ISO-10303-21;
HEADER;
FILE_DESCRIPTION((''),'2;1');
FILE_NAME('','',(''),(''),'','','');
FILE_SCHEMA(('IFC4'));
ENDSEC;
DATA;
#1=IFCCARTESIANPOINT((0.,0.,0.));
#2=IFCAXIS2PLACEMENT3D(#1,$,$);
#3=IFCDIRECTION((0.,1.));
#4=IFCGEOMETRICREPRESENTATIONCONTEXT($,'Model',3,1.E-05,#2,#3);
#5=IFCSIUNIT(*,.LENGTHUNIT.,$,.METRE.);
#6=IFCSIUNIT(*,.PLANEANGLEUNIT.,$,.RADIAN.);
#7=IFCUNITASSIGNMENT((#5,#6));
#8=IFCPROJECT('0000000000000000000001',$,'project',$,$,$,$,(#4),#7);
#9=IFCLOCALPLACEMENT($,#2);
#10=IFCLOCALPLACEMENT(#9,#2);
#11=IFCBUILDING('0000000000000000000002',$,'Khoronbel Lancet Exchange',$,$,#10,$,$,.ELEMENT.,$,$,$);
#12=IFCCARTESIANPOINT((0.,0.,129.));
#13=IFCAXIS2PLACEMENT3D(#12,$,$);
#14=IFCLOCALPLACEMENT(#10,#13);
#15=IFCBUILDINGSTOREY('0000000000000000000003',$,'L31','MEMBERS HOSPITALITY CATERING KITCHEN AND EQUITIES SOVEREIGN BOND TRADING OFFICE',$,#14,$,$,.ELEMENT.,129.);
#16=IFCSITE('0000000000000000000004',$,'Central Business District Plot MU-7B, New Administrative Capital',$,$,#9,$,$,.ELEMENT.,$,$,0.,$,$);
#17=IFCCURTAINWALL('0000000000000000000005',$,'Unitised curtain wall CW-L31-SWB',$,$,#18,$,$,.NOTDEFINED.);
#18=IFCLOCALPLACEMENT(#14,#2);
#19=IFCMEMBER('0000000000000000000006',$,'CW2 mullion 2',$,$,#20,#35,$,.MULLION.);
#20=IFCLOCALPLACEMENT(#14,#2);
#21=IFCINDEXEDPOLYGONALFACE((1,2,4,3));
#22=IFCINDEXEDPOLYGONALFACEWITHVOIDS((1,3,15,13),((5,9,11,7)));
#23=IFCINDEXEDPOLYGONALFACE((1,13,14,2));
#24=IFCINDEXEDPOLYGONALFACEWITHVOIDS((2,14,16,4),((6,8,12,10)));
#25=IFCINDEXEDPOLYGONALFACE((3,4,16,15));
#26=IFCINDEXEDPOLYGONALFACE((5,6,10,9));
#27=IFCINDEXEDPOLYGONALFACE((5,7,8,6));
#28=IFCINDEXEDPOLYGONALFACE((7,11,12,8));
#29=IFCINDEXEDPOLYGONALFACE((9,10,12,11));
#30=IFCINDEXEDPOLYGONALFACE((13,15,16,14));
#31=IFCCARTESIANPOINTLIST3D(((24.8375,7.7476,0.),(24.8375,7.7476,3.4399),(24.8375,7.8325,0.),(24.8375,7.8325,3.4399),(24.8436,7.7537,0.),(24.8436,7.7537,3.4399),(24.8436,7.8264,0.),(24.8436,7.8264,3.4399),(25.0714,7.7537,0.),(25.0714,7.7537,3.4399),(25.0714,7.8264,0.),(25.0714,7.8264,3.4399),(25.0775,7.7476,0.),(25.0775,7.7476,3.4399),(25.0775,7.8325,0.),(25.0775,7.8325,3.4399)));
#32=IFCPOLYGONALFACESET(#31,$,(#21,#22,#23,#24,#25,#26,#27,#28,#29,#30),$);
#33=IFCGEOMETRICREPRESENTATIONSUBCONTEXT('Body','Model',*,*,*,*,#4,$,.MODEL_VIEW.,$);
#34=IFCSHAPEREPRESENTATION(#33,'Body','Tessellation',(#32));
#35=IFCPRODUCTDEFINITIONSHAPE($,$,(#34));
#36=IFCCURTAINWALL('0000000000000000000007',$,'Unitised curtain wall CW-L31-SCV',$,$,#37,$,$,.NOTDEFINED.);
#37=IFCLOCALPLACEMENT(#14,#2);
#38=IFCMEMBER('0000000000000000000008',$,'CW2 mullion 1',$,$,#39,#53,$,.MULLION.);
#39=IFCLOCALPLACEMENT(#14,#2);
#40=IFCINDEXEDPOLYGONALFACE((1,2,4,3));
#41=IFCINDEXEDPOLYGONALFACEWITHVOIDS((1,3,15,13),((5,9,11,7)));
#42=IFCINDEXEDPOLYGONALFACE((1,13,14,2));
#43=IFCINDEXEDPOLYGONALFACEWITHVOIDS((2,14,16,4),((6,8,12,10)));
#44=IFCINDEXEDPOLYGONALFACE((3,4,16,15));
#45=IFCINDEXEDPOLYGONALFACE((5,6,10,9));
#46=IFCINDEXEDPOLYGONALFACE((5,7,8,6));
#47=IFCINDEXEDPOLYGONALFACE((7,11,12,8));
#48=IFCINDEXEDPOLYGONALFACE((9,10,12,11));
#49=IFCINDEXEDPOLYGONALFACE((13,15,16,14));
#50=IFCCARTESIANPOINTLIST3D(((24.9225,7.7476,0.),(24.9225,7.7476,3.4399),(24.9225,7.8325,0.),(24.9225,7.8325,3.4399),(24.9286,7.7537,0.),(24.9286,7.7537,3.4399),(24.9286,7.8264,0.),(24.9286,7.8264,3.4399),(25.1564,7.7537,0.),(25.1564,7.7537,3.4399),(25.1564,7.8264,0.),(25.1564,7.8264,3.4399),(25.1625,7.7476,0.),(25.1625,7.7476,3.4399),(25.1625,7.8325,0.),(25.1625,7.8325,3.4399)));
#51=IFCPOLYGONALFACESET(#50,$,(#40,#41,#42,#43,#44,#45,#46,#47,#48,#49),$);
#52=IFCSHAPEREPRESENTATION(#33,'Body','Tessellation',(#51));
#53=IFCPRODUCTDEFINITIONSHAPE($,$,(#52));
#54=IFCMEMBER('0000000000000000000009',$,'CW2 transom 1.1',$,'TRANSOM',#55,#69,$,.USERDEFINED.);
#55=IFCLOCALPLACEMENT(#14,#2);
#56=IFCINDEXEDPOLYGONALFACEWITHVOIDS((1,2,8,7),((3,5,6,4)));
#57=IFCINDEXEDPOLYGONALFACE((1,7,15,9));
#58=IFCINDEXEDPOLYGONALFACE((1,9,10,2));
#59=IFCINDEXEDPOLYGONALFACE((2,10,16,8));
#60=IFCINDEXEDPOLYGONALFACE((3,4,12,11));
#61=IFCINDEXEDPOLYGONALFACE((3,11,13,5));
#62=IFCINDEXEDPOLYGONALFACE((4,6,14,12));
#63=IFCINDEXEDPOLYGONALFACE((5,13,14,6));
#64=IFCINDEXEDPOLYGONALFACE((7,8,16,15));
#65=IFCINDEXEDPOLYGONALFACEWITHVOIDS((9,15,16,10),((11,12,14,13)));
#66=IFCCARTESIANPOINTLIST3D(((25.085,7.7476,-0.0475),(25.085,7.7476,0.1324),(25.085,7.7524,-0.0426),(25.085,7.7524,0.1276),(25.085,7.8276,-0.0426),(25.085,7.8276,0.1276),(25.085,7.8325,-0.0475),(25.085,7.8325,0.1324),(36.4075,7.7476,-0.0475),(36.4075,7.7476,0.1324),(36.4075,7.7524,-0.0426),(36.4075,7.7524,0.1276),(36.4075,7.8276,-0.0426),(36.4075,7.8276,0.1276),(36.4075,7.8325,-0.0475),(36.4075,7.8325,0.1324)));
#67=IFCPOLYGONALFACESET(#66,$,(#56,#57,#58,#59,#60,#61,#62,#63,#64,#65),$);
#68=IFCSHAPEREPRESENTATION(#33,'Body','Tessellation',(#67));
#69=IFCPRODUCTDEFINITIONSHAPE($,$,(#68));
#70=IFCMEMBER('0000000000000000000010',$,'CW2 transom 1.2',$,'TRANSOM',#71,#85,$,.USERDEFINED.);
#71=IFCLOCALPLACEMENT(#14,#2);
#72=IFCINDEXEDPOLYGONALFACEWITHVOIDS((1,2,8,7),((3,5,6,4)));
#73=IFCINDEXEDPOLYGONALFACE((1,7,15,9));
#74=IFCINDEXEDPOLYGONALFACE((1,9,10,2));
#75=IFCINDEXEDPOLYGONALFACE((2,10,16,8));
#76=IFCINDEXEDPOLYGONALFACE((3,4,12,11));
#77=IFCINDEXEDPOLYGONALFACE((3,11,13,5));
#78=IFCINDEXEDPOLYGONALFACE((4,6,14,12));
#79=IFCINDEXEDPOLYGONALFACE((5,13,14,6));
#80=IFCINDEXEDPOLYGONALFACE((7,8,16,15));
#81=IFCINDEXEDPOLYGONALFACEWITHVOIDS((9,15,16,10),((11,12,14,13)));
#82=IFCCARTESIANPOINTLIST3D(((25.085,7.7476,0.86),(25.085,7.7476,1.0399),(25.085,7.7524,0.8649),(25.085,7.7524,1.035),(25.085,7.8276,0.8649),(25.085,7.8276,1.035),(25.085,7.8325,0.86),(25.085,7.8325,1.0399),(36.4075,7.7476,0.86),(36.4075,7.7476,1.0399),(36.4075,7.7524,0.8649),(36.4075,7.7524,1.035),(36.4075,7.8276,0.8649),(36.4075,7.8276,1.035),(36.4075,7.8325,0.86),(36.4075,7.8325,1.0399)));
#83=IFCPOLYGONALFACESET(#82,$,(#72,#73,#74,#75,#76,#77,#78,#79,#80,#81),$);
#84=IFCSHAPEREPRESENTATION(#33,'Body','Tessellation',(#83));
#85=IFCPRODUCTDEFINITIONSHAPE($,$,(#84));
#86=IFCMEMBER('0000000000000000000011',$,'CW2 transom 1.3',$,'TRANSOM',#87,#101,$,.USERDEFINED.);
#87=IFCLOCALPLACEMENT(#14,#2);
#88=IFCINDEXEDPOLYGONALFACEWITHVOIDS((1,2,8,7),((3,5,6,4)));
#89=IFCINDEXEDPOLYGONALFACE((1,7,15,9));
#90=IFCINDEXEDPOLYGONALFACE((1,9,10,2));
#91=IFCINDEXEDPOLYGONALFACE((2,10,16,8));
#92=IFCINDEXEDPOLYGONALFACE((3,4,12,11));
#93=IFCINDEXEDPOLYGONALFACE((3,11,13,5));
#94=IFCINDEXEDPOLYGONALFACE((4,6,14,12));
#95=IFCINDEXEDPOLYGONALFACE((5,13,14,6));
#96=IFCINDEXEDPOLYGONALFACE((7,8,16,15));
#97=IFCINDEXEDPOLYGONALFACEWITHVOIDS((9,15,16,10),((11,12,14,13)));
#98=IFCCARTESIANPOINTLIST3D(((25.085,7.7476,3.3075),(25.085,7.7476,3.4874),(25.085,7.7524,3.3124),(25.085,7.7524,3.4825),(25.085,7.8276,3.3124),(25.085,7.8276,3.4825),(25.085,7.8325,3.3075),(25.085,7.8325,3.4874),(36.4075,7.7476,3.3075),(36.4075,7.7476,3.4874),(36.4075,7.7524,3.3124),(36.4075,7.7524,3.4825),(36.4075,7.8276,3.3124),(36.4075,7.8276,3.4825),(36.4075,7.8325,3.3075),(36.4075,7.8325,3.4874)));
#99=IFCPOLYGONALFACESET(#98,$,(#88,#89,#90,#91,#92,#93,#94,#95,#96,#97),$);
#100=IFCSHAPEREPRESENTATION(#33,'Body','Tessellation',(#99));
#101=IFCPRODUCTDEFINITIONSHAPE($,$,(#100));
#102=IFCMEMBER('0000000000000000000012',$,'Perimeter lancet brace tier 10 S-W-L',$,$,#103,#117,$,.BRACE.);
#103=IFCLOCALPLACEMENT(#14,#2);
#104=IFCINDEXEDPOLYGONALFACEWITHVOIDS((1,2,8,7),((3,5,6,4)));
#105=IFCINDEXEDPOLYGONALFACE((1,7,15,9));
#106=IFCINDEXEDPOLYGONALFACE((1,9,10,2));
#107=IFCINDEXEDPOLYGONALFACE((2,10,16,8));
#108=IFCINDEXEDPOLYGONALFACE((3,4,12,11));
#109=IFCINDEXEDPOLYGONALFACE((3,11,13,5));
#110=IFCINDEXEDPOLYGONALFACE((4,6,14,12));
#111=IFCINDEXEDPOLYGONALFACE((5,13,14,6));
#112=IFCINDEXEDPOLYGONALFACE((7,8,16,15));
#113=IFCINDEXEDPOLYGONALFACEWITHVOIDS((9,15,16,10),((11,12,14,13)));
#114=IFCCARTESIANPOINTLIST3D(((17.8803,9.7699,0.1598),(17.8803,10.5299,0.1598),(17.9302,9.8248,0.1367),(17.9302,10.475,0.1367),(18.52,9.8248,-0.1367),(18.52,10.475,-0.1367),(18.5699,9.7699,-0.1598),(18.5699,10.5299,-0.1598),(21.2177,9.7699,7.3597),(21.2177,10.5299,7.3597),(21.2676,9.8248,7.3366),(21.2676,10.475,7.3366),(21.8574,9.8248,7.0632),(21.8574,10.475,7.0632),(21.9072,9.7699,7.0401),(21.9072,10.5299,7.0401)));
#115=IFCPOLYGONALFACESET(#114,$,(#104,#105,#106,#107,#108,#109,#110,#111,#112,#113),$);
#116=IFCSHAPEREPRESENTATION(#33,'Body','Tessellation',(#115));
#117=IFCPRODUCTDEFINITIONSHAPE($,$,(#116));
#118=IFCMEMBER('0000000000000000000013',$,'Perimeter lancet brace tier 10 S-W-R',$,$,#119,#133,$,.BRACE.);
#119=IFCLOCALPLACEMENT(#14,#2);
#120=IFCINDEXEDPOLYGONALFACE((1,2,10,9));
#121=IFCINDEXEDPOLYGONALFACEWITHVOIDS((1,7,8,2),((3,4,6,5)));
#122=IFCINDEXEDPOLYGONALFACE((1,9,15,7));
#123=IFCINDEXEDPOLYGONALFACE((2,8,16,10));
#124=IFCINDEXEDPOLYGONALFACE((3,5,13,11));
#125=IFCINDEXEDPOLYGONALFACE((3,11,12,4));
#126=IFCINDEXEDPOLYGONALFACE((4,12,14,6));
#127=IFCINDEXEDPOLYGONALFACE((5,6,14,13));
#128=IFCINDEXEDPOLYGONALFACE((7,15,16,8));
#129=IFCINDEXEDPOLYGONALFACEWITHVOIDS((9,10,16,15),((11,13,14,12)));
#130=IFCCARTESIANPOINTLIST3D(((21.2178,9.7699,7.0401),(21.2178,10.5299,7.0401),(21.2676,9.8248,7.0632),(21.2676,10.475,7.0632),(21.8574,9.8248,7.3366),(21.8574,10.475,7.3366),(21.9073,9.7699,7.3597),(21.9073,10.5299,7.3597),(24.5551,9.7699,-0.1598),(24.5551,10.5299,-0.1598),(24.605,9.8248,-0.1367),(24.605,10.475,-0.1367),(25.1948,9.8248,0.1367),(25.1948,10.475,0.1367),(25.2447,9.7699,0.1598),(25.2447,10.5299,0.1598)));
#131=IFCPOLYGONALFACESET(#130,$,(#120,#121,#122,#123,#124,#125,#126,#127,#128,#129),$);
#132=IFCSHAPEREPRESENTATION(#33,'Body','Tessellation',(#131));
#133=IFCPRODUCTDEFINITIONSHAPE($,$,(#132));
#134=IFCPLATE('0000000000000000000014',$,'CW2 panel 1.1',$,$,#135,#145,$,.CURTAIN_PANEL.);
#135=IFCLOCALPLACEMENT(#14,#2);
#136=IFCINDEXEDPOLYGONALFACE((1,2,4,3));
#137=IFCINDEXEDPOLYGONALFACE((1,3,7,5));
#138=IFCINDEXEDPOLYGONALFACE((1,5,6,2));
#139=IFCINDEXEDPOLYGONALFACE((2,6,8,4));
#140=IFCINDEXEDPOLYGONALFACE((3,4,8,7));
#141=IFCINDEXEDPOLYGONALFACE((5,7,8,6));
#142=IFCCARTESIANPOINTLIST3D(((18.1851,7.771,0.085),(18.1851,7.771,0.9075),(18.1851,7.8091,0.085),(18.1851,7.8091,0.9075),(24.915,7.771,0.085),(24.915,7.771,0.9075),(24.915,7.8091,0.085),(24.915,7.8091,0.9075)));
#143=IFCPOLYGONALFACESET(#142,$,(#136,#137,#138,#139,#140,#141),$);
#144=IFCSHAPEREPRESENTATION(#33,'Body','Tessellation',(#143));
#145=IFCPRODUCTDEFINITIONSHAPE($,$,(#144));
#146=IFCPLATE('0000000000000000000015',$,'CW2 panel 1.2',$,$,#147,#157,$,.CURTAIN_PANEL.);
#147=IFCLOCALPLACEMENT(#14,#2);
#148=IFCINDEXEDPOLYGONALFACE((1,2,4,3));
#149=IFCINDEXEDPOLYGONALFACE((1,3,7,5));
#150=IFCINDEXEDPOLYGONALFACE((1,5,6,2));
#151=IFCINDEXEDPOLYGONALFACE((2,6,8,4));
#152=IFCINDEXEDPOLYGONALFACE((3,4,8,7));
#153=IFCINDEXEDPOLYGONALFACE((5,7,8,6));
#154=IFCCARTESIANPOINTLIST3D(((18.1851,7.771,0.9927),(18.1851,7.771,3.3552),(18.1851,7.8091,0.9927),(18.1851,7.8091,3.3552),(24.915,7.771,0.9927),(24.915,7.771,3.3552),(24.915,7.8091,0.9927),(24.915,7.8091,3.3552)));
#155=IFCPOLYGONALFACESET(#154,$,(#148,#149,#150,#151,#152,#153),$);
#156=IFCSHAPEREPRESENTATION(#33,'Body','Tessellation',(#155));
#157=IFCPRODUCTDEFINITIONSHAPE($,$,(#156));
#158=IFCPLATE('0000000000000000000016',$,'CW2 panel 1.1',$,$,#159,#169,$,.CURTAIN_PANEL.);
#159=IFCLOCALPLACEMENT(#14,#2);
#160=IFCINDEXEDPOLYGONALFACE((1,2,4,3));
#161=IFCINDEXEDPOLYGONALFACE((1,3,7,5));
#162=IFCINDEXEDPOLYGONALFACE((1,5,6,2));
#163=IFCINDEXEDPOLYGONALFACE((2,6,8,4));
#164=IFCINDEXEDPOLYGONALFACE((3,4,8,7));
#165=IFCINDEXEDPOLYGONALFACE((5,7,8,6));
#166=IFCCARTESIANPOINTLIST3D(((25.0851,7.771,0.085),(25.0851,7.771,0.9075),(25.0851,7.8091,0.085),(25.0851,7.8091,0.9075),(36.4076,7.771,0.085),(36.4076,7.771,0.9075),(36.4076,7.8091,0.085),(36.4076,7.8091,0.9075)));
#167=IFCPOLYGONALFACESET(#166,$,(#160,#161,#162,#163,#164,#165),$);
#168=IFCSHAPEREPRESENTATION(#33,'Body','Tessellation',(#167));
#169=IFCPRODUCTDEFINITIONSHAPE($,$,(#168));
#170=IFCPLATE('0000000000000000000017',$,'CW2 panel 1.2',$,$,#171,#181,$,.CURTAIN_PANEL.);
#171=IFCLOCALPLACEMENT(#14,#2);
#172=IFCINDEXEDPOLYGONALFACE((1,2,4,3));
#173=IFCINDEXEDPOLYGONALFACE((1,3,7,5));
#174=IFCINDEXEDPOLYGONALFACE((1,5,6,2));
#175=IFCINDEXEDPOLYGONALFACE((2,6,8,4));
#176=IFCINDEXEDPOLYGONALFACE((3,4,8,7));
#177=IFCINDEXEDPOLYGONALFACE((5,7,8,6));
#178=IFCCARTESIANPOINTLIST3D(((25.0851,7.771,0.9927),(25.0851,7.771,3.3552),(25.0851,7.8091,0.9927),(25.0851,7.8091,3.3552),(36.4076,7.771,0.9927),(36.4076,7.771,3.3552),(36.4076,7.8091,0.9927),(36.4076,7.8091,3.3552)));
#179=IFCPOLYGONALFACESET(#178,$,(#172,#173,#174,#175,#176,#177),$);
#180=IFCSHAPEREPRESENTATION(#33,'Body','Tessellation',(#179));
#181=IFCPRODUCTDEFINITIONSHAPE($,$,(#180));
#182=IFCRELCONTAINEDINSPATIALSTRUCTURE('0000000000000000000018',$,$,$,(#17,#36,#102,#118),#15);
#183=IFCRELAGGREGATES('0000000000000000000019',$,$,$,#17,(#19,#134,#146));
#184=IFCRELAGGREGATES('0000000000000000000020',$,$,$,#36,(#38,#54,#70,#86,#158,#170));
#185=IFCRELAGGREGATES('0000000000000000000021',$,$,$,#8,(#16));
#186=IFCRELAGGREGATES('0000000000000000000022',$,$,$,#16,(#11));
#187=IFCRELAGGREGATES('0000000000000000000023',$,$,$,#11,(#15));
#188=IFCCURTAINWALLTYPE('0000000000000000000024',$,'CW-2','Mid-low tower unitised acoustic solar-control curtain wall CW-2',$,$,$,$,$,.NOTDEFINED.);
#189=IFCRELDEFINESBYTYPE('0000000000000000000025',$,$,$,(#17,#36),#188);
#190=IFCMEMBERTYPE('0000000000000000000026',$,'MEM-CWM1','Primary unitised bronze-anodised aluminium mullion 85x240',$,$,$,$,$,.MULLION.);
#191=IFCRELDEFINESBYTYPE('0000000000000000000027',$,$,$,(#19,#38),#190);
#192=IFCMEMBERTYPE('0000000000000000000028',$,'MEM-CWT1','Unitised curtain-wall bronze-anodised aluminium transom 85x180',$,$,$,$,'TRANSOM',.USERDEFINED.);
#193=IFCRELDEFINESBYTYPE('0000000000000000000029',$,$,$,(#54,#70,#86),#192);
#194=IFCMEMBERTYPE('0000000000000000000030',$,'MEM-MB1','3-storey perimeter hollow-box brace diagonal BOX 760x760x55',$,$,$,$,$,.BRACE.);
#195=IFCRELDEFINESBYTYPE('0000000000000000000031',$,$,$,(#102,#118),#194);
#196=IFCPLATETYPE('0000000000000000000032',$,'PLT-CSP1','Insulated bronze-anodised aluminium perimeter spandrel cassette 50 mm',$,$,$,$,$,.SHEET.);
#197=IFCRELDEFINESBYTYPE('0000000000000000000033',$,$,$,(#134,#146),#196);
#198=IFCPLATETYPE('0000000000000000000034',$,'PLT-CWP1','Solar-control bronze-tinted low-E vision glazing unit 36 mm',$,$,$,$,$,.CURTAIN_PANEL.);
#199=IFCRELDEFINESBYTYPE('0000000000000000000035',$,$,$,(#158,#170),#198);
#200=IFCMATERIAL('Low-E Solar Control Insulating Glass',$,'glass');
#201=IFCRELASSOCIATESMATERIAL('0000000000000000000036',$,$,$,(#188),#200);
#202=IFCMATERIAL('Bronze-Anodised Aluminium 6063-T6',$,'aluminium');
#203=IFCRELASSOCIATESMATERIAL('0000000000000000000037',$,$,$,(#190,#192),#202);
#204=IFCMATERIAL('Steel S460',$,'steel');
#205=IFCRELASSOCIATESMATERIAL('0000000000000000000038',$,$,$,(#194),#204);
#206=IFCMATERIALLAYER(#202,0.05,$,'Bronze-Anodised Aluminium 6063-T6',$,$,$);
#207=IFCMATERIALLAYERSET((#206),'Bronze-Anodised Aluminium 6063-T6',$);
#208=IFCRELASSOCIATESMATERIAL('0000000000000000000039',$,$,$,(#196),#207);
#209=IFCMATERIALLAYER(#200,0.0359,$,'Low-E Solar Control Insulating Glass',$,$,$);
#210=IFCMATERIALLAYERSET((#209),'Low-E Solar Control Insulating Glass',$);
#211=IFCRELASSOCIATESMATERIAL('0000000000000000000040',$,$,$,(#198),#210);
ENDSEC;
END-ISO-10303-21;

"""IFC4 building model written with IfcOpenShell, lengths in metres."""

from ifc_helpers import new_model, si_unit, direction, frame, origin, origin_2d, place, context, subcontext, project, spatial, rectangle, hollow_rectangle, extrude, material, layer, layer_set, material_profile, profile_set, type_object, element, aggregate, save


model = new_model("IFC4")

# Units and contexts
model_context = context("Model", 3, precision=1e-05, world=origin(), true_north=direction((0.0, 1.0)))
body_context = subcontext(model_context, "Body", "Model", "MODEL_VIEW")
ifc_project = project(units=[si_unit("LENGTHUNIT", "METRE"), si_unit("PLANEANGLEUNIT", "RADIAN")], contexts=[model_context])

# Site, building, storey
site_placement = place(None, origin())
site = spatial("IfcSite", under=ifc_project, at=site_placement, Name="Central Business District Plot MU-7B, New Administrative Capital", CompositionType="ELEMENT", RefElevation=0.0)
building_placement = place(site_placement, origin())
building = spatial("IfcBuilding", under=site, at=building_placement, Name="Khoronbel Lancet Exchange", CompositionType="ELEMENT")
storey_placement = place(building_placement, frame((0.0, 0.0, 129.0)))
storey = spatial("IfcBuildingStorey", under=building, at=storey_placement, Name="L31", Description="MEMBERS HOSPITALITY CATERING KITCHEN AND EQUITIES SOVEREIGN BOND TRADING OFFICE", CompositionType="ELEMENT", Elevation=129.0)

# Shared definitions
ifc_material_1 = material(Name="Steel S460", Category="steel")

# Curtain wall, member
ifc_material_2 = material(Name="Low-E Solar Control Insulating Glass", Category="glass")
curtain_wall_type = type_object("IfcCurtainWallType", Name="CW-2", Description="Mid-low tower unitised acoustic solar-control curtain wall CW-2", PredefinedType="NOTDEFINED", material=ifc_material_2)
curtain_wall_1_placement = place(storey_placement, origin())
curtain_wall_1 = element("IfcCurtainWall", 1, at=curtain_wall_1_placement, inside=storey, type_object=curtain_wall_type, Name="Unitised curtain wall CW-L31-SWB", PredefinedType="NOTDEFINED")
ifc_material_3 = material(Name="Bronze-Anodised Aluminium 6063-T6", Category="aluminium")
ifc_material_profile_1 = material_profile(ifc_material_3, hollow_rectangle(XDim=0.085, YDim=0.24, WallThickness=0.0061, at=origin_2d()), Name="ALU MULLION 85x240")
ifc_profile_set_1 = profile_set([ifc_material_profile_1], Name="Bronze-Anodised Aluminium 6063-T6")
member_type_1 = type_object("IfcMemberType", Name="MEM-CWM1", Description="Primary unitised bronze-anodised aluminium mullion 85x240", PredefinedType="MULLION", material=ifc_profile_set_1)
member_1_placement = place(storey_placement, frame((24.9575, 7.79, 0.0), z_axis=(0.0, 0.0, 1.0), x_axis=(0.0, 1.0, 0.0)))
member_1 = element("IfcMember", 2, at=member_1_placement, type_object=member_type_1, Name="CW2 mullion 2", PredefinedType="MULLION", context=body_context, shape_type="SweptSolid", body=[
    extrude(hollow_rectangle(XDim=0.085, YDim=0.24, WallThickness=0.0061, at=origin_2d()), origin(), (0.0, 0.0, 1.0), 3.4399),
])

# Curtain wall, members
curtain_wall_2_placement = place(storey_placement, origin())
curtain_wall_2 = element("IfcCurtainWall", 3, at=curtain_wall_2_placement, inside=storey, type_object=curtain_wall_type, Name="Unitised curtain wall CW-L31-SCV", PredefinedType="NOTDEFINED")
member_2_placement = place(storey_placement, frame((25.0425, 7.79, 0.0), z_axis=(0.0, 0.0, 1.0), x_axis=(0.0, 1.0, 0.0)))
member_2 = element("IfcMember", 4, at=member_2_placement, type_object=member_type_1, Name="CW2 mullion 1", PredefinedType="MULLION", context=body_context, shape_type="SweptSolid", body=[
    extrude(hollow_rectangle(XDim=0.085, YDim=0.24, WallThickness=0.0061, at=origin_2d()), origin(), (0.0, 0.0, 1.0), 3.4399),
])
ifc_material_profile_2 = material_profile(ifc_material_3, hollow_rectangle(XDim=0.085, YDim=0.1799, WallThickness=0.0049, at=origin_2d()), Name="ALU TRANSOM 85x180")
ifc_profile_set_2 = profile_set([ifc_material_profile_2], Name="Bronze-Anodised Aluminium 6063-T6")
member_type_2 = type_object("IfcMemberType", Name="MEM-CWT1", Description="Unitised curtain-wall bronze-anodised aluminium transom 85x180", ElementType="TRANSOM", PredefinedType="USERDEFINED", material=ifc_profile_set_2)
member_3_placement = place(storey_placement, frame((25.085, 7.79, 0.0425), z_axis=(1.0, 0.0, 0.0), x_axis=(0.0, 1.0, 0.0)))
member_3 = element("IfcMember", 5, at=member_3_placement, type_object=member_type_2, Name="CW2 transom 1.1", ObjectType="TRANSOM", PredefinedType="USERDEFINED", context=body_context, shape_type="SweptSolid", body=[
    extrude(hollow_rectangle(XDim=0.085, YDim=0.1799, WallThickness=0.0049, at=origin_2d()), origin(), (0.0, 0.0, 1.0), 11.3225),
])
member_4_placement = place(storey_placement, frame((25.085, 7.79, 0.95), z_axis=(1.0, 0.0, 0.0), x_axis=(0.0, 1.0, 0.0)))
member_4 = element("IfcMember", 6, at=member_4_placement, type_object=member_type_2, Name="CW2 transom 1.2", ObjectType="TRANSOM", PredefinedType="USERDEFINED", context=body_context, shape_type="SweptSolid", body=[
    extrude(hollow_rectangle(XDim=0.085, YDim=0.1799, WallThickness=0.0049, at=origin_2d()), origin(), (0.0, 0.0, 1.0), 11.3225),
])
member_5_placement = place(storey_placement, frame((25.085, 7.79, 3.3975), z_axis=(1.0, 0.0, 0.0), x_axis=(0.0, 1.0, 0.0)))
member_5 = element("IfcMember", 7, at=member_5_placement, type_object=member_type_2, Name="CW2 transom 1.3", ObjectType="TRANSOM", PredefinedType="USERDEFINED", context=body_context, shape_type="SweptSolid", body=[
    extrude(hollow_rectangle(XDim=0.085, YDim=0.1799, WallThickness=0.0049, at=origin_2d()), origin(), (0.0, 0.0, 1.0), 11.3225),
])

# Members
ifc_material_profile_3 = material_profile(ifc_material_1, hollow_rectangle(XDim=0.76, YDim=0.76, WallThickness=0.0549, at=origin_2d()), Name="BOX 760x760x55")
ifc_profile_set_3 = profile_set([ifc_material_profile_3], Name="Steel S460")
member_type_3 = type_object("IfcMemberType", Name="MEM-MB1", Description="3-storey perimeter hollow-box brace diagonal BOX 760x760x55", PredefinedType="BRACE", material=ifc_profile_set_3)
for number, where, z_axis, x_axis, name in (
    (8, (18.2251, 10.1499, 0.0), (0.420548, 0.0, 0.90727), (0.0, 1.0, 0.0), "Perimeter lancet brace tier 10 S-W-L"),
    (9, (24.8999, 10.1499, 0.0), (-0.420548, 0.0, 0.90727), (0.0, -1.0, 0.0), "Perimeter lancet brace tier 10 S-W-R"),
):
    element("IfcMember", number, at=place(storey_placement, frame(where, z_axis=z_axis, x_axis=x_axis)), inside=storey, type_object=member_type_3, Name=name, PredefinedType="BRACE", context=body_context, shape_type="SweptSolid", body=[
        extrude(hollow_rectangle(XDim=0.76, YDim=0.76, WallThickness=0.0549, at=origin_2d()), origin(), (0.0, 0.0, 1.0), 7.9358),
    ])

# Plates
ifc_layer_1 = layer(ifc_material_3, 0.05, Name="Bronze-Anodised Aluminium 6063-T6")
ifc_layer_set_1 = layer_set([ifc_layer_1], Name="Bronze-Anodised Aluminium 6063-T6")
plate_type_1 = type_object("IfcPlateType", Name="PLT-CSP1", Description="Insulated bronze-anodised aluminium perimeter spandrel cassette 50 mm", PredefinedType="SHEET", material=ifc_layer_set_1)
plate_1_placement = place(storey_placement, frame((21.55, 7.79, 0.085), z_axis=(0.0, 0.0, 1.0), x_axis=(1.0, 0.0, 0.0)))
plate_1 = element("IfcPlate", 10, at=plate_1_placement, type_object=plate_type_1, Name="CW2 panel 1.1", PredefinedType="CURTAIN_PANEL", context=body_context, shape_type="SweptSolid", body=[
    extrude(rectangle(XDim=6.73, YDim=0.0381, at=origin_2d()), origin(), (0.0, 0.0, 1.0), 0.8225),
])
plate_2_placement = place(storey_placement, frame((21.55, 7.79, 0.9927), z_axis=(0.0, 0.0, 1.0), x_axis=(1.0, 0.0, 0.0)))
plate_2 = element("IfcPlate", 11, at=plate_2_placement, type_object=plate_type_1, Name="CW2 panel 1.2", PredefinedType="CURTAIN_PANEL", context=body_context, shape_type="SweptSolid", body=[
    extrude(rectangle(XDim=6.73, YDim=0.0381, at=origin_2d()), origin(), (0.0, 0.0, 1.0), 2.3625),
])
aggregate(curtain_wall_1, [member_1, plate_1, plate_2])
ifc_layer_2 = layer(ifc_material_2, 0.0359, Name="Low-E Solar Control Insulating Glass")
ifc_layer_set_2 = layer_set([ifc_layer_2], Name="Low-E Solar Control Insulating Glass")
plate_type_2 = type_object("IfcPlateType", Name="PLT-CWP1", Description="Solar-control bronze-tinted low-E vision glazing unit 36 mm", PredefinedType="CURTAIN_PANEL", material=ifc_layer_set_2)
plate_3_placement = place(storey_placement, frame((30.7463, 7.79, 0.085), z_axis=(0.0, 0.0, 1.0), x_axis=(1.0, 0.0, 0.0)))
plate_3 = element("IfcPlate", 12, at=plate_3_placement, type_object=plate_type_2, Name="CW2 panel 1.1", PredefinedType="CURTAIN_PANEL", context=body_context, shape_type="SweptSolid", body=[
    extrude(rectangle(XDim=11.3225, YDim=0.0381, at=origin_2d()), origin(), (0.0, 0.0, 1.0), 0.8225),
])
plate_4_placement = place(storey_placement, frame((30.7463, 7.79, 0.9927), z_axis=(0.0, 0.0, 1.0), x_axis=(1.0, 0.0, 0.0)))
plate_4 = element("IfcPlate", 13, at=plate_4_placement, type_object=plate_type_2, Name="CW2 panel 1.2", PredefinedType="CURTAIN_PANEL", context=body_context, shape_type="SweptSolid", body=[
    extrude(rectangle(XDim=11.3225, YDim=0.0381, at=origin_2d()), origin(), (0.0, 0.0, 1.0), 2.3625),
])
aggregate(curtain_wall_2, [member_2, member_3, member_4, member_5, plate_3, plate_4])

save(model, "model.ifc")
